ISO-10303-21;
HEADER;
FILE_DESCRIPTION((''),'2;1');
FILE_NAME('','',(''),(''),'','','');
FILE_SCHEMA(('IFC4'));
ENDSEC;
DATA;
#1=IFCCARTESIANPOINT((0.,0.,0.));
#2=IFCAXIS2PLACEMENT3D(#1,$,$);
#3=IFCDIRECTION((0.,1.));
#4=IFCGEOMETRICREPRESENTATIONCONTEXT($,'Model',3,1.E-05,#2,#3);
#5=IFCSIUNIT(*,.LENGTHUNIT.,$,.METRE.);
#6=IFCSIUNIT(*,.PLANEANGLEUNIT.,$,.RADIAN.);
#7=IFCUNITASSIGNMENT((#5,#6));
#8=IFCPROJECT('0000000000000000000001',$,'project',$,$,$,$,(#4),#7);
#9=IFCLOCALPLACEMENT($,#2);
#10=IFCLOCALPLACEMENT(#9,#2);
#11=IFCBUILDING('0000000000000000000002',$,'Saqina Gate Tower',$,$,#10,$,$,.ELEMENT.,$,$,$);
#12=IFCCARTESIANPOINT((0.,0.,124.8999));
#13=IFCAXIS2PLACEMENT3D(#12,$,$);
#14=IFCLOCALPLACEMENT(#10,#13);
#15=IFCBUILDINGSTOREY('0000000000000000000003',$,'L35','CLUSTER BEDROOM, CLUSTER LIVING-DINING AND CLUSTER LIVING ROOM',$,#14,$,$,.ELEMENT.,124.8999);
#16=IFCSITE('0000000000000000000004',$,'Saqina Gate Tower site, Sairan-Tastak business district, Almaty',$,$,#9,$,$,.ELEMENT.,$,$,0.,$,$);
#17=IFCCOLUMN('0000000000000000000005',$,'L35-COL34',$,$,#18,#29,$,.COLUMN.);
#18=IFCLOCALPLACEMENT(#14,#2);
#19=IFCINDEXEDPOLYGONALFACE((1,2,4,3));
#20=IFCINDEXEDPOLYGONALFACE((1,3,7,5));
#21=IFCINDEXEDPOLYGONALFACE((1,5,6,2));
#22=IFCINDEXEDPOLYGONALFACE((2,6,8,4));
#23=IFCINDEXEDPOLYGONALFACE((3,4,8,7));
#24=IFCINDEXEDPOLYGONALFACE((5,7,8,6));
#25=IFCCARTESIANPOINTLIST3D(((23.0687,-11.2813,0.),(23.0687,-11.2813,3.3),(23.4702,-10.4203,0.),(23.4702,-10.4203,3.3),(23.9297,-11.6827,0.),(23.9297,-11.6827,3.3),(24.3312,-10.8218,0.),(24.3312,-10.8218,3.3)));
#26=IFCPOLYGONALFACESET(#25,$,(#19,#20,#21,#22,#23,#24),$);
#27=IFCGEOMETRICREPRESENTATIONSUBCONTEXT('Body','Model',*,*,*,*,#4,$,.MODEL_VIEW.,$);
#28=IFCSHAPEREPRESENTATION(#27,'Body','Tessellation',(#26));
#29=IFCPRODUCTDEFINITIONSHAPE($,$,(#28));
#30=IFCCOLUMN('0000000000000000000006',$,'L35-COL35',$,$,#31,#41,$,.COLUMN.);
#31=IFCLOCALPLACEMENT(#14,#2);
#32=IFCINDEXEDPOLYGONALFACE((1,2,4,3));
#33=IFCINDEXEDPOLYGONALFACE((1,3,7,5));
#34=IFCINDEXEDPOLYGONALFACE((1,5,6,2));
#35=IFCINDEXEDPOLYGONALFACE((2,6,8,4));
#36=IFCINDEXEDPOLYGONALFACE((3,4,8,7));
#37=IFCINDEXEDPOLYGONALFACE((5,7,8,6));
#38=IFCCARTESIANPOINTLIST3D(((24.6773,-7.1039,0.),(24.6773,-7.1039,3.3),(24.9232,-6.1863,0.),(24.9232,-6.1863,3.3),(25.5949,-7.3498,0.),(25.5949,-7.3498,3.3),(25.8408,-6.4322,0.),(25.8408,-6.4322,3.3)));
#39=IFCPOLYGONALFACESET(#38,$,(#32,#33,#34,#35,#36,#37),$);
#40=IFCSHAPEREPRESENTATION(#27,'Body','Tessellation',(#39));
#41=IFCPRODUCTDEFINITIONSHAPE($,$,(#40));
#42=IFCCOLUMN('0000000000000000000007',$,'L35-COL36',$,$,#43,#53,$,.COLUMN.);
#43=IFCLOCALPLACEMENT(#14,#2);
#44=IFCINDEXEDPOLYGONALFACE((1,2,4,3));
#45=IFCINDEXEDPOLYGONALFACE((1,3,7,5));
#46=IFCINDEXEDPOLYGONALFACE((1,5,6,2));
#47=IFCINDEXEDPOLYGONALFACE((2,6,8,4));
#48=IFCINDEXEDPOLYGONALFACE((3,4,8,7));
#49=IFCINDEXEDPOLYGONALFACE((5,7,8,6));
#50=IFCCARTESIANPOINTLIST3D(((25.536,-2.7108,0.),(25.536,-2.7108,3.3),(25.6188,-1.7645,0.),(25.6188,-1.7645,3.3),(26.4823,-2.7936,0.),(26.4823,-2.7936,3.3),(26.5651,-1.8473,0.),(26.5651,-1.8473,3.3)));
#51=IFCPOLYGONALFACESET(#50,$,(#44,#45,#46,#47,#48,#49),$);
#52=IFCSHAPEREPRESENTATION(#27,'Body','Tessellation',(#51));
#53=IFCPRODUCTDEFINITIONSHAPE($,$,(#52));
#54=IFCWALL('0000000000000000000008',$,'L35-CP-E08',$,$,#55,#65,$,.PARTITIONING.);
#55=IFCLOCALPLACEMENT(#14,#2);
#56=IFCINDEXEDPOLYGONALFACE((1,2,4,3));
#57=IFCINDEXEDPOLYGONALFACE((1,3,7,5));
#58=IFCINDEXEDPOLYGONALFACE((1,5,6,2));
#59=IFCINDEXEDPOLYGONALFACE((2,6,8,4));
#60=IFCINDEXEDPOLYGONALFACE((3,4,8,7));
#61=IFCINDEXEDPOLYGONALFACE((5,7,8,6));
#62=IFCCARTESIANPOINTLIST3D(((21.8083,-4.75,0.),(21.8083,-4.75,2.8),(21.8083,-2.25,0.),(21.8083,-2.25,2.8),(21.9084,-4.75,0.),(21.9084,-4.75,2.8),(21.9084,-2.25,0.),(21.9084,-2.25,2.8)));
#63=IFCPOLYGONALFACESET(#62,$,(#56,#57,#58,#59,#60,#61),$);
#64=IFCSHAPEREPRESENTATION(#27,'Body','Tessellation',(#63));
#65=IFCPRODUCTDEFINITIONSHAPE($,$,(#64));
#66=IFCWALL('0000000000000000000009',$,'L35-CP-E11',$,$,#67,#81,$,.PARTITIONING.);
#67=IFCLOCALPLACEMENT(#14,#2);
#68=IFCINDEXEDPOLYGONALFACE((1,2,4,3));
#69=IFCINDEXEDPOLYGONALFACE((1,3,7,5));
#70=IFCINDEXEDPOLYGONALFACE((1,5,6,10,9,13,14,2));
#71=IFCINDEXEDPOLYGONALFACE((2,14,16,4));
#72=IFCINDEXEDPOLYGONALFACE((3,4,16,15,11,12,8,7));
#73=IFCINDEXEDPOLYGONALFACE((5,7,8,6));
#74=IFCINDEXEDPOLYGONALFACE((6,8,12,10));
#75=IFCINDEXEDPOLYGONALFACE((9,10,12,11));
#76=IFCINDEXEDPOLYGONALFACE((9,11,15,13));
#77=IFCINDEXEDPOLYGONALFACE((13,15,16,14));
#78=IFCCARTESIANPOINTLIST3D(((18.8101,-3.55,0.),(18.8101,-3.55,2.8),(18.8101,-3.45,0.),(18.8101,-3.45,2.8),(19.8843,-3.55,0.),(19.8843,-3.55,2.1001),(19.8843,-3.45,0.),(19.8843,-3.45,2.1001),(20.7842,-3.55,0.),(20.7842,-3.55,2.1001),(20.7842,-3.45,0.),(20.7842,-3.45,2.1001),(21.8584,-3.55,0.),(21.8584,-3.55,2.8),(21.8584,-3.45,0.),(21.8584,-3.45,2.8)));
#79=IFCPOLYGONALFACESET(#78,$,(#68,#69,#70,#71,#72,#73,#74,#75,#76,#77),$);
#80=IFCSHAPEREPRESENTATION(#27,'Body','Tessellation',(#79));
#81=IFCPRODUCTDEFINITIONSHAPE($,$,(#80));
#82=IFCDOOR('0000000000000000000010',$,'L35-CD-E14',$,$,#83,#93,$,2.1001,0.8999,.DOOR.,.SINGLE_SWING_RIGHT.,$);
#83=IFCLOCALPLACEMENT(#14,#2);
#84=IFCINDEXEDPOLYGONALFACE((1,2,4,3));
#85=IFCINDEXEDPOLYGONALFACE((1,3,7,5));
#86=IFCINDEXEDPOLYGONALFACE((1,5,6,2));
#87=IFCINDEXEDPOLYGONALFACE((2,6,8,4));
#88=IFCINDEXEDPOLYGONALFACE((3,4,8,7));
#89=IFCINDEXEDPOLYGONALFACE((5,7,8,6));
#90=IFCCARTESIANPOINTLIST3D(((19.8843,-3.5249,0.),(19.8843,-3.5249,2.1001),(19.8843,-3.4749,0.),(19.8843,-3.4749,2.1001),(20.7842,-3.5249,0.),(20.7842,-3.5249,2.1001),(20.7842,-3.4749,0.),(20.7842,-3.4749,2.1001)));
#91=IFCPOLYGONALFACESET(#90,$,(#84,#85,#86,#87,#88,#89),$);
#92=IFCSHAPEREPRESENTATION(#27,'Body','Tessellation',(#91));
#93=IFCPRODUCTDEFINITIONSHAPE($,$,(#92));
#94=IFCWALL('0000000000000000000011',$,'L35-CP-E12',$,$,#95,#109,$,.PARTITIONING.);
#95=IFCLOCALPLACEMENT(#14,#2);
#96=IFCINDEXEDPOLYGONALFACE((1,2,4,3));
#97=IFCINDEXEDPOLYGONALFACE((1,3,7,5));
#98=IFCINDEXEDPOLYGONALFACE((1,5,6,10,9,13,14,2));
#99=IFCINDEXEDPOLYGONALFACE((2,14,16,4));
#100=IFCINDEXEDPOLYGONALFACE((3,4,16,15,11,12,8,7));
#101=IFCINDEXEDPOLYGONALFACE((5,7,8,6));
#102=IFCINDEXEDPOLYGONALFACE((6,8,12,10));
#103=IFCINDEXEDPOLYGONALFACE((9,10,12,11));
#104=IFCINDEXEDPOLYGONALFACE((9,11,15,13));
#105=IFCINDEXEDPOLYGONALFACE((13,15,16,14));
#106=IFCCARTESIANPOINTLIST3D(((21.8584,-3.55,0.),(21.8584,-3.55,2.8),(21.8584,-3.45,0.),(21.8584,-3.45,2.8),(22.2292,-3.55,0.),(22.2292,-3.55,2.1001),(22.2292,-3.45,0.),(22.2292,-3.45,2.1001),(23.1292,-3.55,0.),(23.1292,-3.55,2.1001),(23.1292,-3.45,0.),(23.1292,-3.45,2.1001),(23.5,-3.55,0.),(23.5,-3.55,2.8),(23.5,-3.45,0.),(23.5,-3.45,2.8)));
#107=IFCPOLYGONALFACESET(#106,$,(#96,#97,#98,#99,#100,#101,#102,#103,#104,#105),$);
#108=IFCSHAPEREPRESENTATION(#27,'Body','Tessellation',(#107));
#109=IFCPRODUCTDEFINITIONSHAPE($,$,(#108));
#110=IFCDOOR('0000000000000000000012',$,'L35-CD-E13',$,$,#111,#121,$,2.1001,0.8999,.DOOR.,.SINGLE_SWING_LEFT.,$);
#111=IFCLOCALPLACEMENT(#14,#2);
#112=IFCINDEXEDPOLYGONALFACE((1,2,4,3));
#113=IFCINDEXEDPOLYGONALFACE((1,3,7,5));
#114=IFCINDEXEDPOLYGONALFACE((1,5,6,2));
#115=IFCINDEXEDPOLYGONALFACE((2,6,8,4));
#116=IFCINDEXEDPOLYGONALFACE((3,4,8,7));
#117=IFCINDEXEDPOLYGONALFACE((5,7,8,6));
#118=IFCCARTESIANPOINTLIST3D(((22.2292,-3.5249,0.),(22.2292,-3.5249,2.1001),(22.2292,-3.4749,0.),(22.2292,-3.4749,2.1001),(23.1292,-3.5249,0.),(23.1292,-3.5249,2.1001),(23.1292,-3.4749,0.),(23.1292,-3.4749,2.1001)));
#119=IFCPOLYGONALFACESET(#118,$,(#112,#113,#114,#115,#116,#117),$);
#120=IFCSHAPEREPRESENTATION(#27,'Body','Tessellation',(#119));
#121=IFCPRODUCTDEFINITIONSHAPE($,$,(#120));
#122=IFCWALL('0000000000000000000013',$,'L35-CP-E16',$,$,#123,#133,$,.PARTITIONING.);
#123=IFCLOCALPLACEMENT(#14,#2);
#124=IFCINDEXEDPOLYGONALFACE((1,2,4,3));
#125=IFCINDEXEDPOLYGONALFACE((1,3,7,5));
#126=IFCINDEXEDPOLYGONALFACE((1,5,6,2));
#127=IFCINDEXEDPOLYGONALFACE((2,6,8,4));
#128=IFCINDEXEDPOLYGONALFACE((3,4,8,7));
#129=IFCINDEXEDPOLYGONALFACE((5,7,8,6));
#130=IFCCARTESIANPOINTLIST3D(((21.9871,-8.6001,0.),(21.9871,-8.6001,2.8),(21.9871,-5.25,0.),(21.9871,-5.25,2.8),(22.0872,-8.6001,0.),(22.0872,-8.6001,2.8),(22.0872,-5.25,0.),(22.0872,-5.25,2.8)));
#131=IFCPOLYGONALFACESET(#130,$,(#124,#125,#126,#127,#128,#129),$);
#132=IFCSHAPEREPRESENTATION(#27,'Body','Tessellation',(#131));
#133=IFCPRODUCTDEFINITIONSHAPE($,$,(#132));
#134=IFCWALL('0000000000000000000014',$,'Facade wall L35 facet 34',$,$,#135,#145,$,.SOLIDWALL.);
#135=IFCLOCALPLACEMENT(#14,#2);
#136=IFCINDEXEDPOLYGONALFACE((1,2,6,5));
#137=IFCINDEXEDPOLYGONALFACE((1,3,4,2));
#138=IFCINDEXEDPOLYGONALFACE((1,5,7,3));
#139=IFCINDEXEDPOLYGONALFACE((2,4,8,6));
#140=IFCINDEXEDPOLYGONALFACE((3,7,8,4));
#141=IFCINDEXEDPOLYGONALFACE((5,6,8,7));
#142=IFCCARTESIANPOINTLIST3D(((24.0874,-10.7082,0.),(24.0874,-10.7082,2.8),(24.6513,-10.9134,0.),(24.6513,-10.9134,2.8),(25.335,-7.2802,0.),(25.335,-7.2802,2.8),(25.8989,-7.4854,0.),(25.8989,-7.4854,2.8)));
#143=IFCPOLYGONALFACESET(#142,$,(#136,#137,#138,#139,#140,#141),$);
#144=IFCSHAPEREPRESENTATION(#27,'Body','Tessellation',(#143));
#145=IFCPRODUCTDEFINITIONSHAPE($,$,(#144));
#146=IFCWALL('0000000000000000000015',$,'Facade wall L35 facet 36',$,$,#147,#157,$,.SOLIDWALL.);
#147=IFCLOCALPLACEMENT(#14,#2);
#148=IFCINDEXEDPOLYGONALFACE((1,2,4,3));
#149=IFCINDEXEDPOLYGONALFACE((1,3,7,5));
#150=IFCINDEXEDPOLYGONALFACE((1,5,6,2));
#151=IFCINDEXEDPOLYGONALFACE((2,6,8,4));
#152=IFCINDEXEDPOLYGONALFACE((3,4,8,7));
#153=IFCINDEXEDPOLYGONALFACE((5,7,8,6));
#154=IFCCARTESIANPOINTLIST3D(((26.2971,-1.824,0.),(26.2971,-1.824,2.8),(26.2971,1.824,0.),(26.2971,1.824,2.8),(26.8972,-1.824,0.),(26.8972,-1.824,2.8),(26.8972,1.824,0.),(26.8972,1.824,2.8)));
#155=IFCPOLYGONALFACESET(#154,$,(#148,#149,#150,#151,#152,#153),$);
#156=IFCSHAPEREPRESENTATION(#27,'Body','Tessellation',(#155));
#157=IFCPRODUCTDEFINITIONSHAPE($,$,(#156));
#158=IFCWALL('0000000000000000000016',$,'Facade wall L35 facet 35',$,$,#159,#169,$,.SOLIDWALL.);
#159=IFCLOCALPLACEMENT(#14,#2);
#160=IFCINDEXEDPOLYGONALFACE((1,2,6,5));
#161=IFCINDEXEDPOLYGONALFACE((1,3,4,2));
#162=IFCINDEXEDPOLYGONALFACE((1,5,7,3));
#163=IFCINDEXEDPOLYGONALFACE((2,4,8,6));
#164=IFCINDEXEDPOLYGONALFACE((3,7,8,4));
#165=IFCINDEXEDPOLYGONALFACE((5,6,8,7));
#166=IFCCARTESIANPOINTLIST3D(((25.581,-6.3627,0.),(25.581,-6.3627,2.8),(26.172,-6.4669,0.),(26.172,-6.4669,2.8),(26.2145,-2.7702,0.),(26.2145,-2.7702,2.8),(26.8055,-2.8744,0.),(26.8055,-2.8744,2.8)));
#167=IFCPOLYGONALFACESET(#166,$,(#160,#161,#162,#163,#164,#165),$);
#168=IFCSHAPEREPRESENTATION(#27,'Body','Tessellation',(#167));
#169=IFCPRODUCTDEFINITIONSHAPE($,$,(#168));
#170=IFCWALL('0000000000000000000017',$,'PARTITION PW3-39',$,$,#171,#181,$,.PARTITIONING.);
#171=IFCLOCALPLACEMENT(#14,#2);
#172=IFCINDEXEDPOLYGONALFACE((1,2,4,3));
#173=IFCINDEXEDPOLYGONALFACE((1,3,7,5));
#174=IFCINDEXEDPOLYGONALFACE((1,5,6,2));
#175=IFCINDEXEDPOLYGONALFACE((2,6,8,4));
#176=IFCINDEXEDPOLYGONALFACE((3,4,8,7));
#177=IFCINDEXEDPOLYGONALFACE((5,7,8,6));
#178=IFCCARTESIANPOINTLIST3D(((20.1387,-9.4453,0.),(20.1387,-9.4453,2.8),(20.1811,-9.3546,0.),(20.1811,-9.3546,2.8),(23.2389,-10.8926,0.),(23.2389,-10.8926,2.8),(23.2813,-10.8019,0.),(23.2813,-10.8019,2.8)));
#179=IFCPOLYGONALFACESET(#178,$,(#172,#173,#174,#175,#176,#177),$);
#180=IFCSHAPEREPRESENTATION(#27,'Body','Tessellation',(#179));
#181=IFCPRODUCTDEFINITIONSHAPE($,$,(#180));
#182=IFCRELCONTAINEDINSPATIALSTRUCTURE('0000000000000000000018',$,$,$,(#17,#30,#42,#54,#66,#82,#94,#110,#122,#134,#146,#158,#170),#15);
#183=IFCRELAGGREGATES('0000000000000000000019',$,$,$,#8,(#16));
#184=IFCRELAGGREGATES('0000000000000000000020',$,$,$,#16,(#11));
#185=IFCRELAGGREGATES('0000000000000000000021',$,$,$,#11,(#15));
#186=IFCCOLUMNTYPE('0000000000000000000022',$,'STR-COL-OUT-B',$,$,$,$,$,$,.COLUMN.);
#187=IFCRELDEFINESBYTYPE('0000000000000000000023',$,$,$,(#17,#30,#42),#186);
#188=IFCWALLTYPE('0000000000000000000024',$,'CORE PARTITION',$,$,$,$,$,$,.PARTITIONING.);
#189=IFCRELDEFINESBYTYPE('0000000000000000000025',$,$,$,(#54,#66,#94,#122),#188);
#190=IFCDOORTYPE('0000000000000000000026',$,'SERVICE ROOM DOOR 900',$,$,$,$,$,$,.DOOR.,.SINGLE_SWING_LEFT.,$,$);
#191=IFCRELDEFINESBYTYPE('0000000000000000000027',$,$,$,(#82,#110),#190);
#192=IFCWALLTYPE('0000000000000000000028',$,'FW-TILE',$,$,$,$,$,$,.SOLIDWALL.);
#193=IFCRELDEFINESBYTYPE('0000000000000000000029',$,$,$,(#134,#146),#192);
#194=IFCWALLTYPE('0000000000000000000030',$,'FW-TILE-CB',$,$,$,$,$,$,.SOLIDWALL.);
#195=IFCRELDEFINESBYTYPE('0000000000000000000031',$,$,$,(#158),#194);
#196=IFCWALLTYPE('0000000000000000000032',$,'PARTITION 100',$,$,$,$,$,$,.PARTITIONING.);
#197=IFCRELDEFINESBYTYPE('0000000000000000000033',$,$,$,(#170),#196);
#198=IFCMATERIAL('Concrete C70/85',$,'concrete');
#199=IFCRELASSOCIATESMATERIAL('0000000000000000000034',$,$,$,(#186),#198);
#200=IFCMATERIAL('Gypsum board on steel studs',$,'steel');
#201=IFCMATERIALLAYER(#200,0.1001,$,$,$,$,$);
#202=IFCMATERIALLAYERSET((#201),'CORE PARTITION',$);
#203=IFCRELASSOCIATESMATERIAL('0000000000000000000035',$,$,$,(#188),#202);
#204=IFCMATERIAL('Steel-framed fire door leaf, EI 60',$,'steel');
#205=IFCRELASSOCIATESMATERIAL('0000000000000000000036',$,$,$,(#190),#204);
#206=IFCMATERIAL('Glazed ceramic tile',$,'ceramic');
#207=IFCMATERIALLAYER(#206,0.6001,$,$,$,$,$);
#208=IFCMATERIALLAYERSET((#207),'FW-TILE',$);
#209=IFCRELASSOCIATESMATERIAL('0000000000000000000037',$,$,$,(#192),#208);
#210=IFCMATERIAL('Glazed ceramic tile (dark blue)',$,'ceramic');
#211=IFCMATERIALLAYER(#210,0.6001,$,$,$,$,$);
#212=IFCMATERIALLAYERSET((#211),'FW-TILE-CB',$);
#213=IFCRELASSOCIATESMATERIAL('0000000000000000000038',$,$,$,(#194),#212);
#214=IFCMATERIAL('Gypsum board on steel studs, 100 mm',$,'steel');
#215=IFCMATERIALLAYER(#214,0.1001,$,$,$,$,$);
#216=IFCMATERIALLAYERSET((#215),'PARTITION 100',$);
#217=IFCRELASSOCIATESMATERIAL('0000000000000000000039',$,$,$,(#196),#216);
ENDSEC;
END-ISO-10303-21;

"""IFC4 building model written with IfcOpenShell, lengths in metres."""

from ifc_helpers import new_model, si_unit, direction, frame, frame_2d, origin, origin_2d, place, context, subcontext, project, spatial, rectangle, extrude, material, layer, layer_set, material_profile, profile_set, type_object, element, fill, save


model = new_model("IFC4")

# Units and contexts
model_context = context("Model", 3, precision=1e-05, world=origin(), true_north=direction((0.0, 1.0)))
body_context = subcontext(model_context, "Body", "Model", "MODEL_VIEW")
ifc_project = project(units=[si_unit("LENGTHUNIT", "METRE"), si_unit("PLANEANGLEUNIT", "RADIAN")], contexts=[model_context])

# Site, building, storey
site_placement = place(None, origin())
site = spatial("IfcSite", under=ifc_project, at=site_placement, Name="Saqina Gate Tower site, Sairan-Tastak business district, Almaty", CompositionType="ELEMENT", RefElevation=0.0)
building_placement = place(site_placement, origin())
building = spatial("IfcBuilding", under=site, at=building_placement, Name="Saqina Gate Tower", CompositionType="ELEMENT")
storey_placement = place(building_placement, frame((0.0, 0.0, 124.8999)))
storey = spatial("IfcBuildingStorey", under=building, at=storey_placement, Name="L35", Description="CLUSTER BEDROOM, CLUSTER LIVING-DINING AND CLUSTER LIVING ROOM", CompositionType="ELEMENT", Elevation=124.8999)

# Columns
ifc_material_1 = material(Name="Concrete C70/85", Category="concrete")
ifc_material_profile = material_profile(ifc_material_1, rectangle(XDim=0.95, YDim=0.95, at=origin_2d()), Name="RC 950x950")
ifc_profile_set = profile_set([ifc_material_profile], Name="Concrete C70/85")
column_type = type_object("IfcColumnType", Name="STR-COL-OUT-B", PredefinedType="COLUMN", material=ifc_profile_set)
for number, where, z_axis, x_axis, name in (
    (1, (23.7, -11.0515, 0.0), (0.0, 0.0, 1.0), (0.906308, -0.422618, 0.0), "L35-COL34"),
    (2, (25.259, -6.7681, 0.0), (0.0, 0.0, 1.0), (0.965926, -0.258819, 0.0), "L35-COL35"),
    (3, (26.0505, -2.2791, 0.0), (0.0, 0.0, 1.0), (0.996195, -0.087156, 0.0), "L35-COL36"),
):
    element("IfcColumn", number, at=place(storey_placement, frame(where, z_axis=z_axis, x_axis=x_axis)), inside=storey, type_object=column_type, Name=name, PredefinedType="COLUMN", context=body_context, shape_type="SweptSolid", body=[
        extrude(rectangle(XDim=0.95, YDim=0.95, at=origin_2d()), origin(), (0.0, 0.0, 1.0), 3.3),
    ])

# Wall
ifc_material_2 = material(Name="Gypsum board on steel studs", Category="steel")
ifc_layer_1 = layer(ifc_material_2, 0.1001)
ifc_layer_set_1 = layer_set([ifc_layer_1], Name="CORE PARTITION")
wall_type_1 = type_object("IfcWallType", Name="CORE PARTITION", PredefinedType="PARTITIONING", material=ifc_layer_set_1)
wall_1_placement = place(storey_placement, frame((21.8584, -4.75, 0.0), z_axis=(0.0, 0.0, 1.0), x_axis=(0.0, 1.0, 0.0)))
element("IfcWall", 4, at=wall_1_placement, inside=storey, type_object=wall_type_1, Name="L35-CP-E08", PredefinedType="PARTITIONING", context=body_context, shape_type="SweptSolid", body=[
    extrude(rectangle(XDim=2.5, YDim=0.1001, at=frame_2d((1.25, 0.0))), origin(), (0.0, 0.0, 1.0), 2.8),
])

# Walls, openings, doors
wall_2_placement = place(storey_placement, frame((18.8101, -3.5, 0.0), z_axis=(0.0, 0.0, 1.0), x_axis=(1.0, 0.0, 0.0)))
wall_2 = element("IfcWall", 5, at=wall_2_placement, inside=storey, type_object=wall_type_1, Name="L35-CP-E11", PredefinedType="PARTITIONING", context=body_context, shape_type="SweptSolid", body=[
    extrude(rectangle(XDim=3.0483, YDim=0.1001, at=frame_2d((1.5242, 0.0))), origin(), (0.0, 0.0, 1.0), 2.8),
])
opening_1_placement = place(wall_2_placement, frame((1.0742, 0.0, 0.0)))
opening_1 = element("IfcOpeningElement", 6, at=opening_1_placement, cuts=wall_2, PredefinedType="OPENING", context=body_context, shape_type="SweptSolid", body=[
    extrude(rectangle(XDim=0.8999, YDim=2.1001, at=frame_2d((0.45, 1.05))), frame((0.0, 0.062, 0.0), z_axis=(0.0, -1.0, 0.0), x_axis=(1.0, 0.0, 0.0)), (0.0, 0.0, 1.0), 0.124),
])
ifc_material_3 = material(Name="Steel-framed fire door leaf, EI 60", Category="steel")
door_type = type_object("IfcDoorType", Name="SERVICE ROOM DOOR 900", OperationType="SINGLE_SWING_LEFT", PredefinedType="DOOR", material=ifc_material_3)
door_1_placement = place(opening_1_placement, frame((0.8999, 0.0, 0.0), z_axis=(0.0, 0.0, 1.0), x_axis=(-1.0, 0.0, 0.0)))
door_1 = element("IfcDoor", 7, at=door_1_placement, inside=storey, type_object=door_type, Name="L35-CD-E14", OperationType="SINGLE_SWING_RIGHT", OverallHeight=2.1001, OverallWidth=0.8999, PredefinedType="DOOR", context=body_context, shape_type="SweptSolid", body=[
    extrude(rectangle(XDim=0.8999, YDim=2.1001, at=frame_2d((0.45, 1.05))), frame((0.0, 0.0249, 0.0), z_axis=(0.0, -1.0, 0.0), x_axis=(1.0, 0.0, 0.0)), (0.0, 0.0, 1.0), 0.05),
])
fill(opening_1, door_1)
wall_3_placement = place(storey_placement, frame((21.8584, -3.5, 0.0), z_axis=(0.0, 0.0, 1.0), x_axis=(1.0, 0.0, 0.0)))
wall_3 = element("IfcWall", 8, at=wall_3_placement, inside=storey, type_object=wall_type_1, Name="L35-CP-E12", PredefinedType="PARTITIONING", context=body_context, shape_type="SweptSolid", body=[
    extrude(rectangle(XDim=1.6416, YDim=0.1001, at=frame_2d((0.8208, 0.0))), origin(), (0.0, 0.0, 1.0), 2.8),
])
opening_2_placement = place(wall_3_placement, frame((0.3708, 0.0, 0.0)))
opening_2 = element("IfcOpeningElement", 9, at=opening_2_placement, cuts=wall_3, PredefinedType="OPENING", context=body_context, shape_type="SweptSolid", body=[
    extrude(rectangle(XDim=0.8999, YDim=2.1001, at=frame_2d((0.45, 1.05))), frame((0.0, 0.062, 0.0), z_axis=(0.0, -1.0, 0.0), x_axis=(1.0, 0.0, 0.0)), (0.0, 0.0, 1.0), 0.124),
])
door_2_placement = place(opening_2_placement, frame((0.8999, 0.0, 0.0), z_axis=(0.0, 0.0, 1.0), x_axis=(-1.0, 0.0, 0.0)))
door_2 = element("IfcDoor", 10, at=door_2_placement, inside=storey, type_object=door_type, Name="L35-CD-E13", OperationType="SINGLE_SWING_LEFT", OverallHeight=2.1001, OverallWidth=0.8999, PredefinedType="DOOR", context=body_context, shape_type="SweptSolid", body=[
    extrude(rectangle(XDim=0.8999, YDim=2.1001, at=frame_2d((0.45, 1.05))), frame((0.0, 0.0249, 0.0), z_axis=(0.0, -1.0, 0.0), x_axis=(1.0, 0.0, 0.0)), (0.0, 0.0, 1.0), 0.05),
])
fill(opening_2, door_2)

# Walls
wall_4_placement = place(storey_placement, frame((22.0371, -8.6001, 0.0), z_axis=(0.0, 0.0, 1.0), x_axis=(0.0, 1.0, 0.0)))
element("IfcWall", 11, at=wall_4_placement, inside=storey, type_object=wall_type_1, Name="L35-CP-E16", PredefinedType="PARTITIONING", context=body_context, shape_type="SweptSolid", body=[
    extrude(rectangle(XDim=3.3501, YDim=0.1001, at=frame_2d((1.675, 0.0))), origin(), (0.0, 0.0, 1.0), 2.8),
])
ifc_material_4 = material(Name="Glazed ceramic tile", Category="ceramic")
ifc_layer_2 = layer(ifc_material_4, 0.6001)
ifc_layer_set_2 = layer_set([ifc_layer_2], Name="FW-TILE")
wall_type_2 = type_object("IfcWallType", Name="FW-TILE", PredefinedType="SOLIDWALL", material=ifc_layer_set_2)
for number, where, z_axis, x_axis, name in (
    (12, (24.3694, -10.8108, 0.0), (0.0, 0.0, 1.0), (0.34199, 0.939704, 0.0), "Facade wall L35 facet 34"),
    (13, (26.5972, -1.824, 0.0), (0.0, 0.0, 1.0), (0.0, 1.0, 0.0), "Facade wall L35 facet 36"),
):
    element("IfcWall", number, at=place(storey_placement, frame(where, z_axis=z_axis, x_axis=x_axis)), inside=storey, type_object=wall_type_2, Name=name, PredefinedType="SOLIDWALL", context=body_context, shape_type="SweptSolid", body=[
        extrude(rectangle(XDim=3.6479, YDim=0.6001, at=frame_2d((1.824, 0.0))), origin(), (0.0, 0.0, 1.0), 2.8),
    ])
ifc_material_5 = material(Name="Glazed ceramic tile (dark blue)", Category="ceramic")
ifc_layer_3 = layer(ifc_material_5, 0.6001)
ifc_layer_set_3 = layer_set([ifc_layer_3], Name="FW-TILE-CB")
wall_type_3 = type_object("IfcWallType", Name="FW-TILE-CB", PredefinedType="SOLIDWALL", material=ifc_layer_set_3)
wall_5_placement = place(storey_placement, frame((25.8765, -6.4148, 0.0), z_axis=(0.0, 0.0, 1.0), x_axis=(0.173671, 0.984804, 0.0)))
element("IfcWall", 14, at=wall_5_placement, inside=storey, type_object=wall_type_3, Name="Facade wall L35 facet 35", PredefinedType="SOLIDWALL", context=body_context, shape_type="SweptSolid", body=[
    extrude(rectangle(XDim=3.6479, YDim=0.6001, at=frame_2d((1.824, 0.0))), origin(), (0.0, 0.0, 1.0), 2.8),
])
ifc_material_6 = material(Name="Gypsum board on steel studs, 100 mm", Category="steel")
ifc_layer_4 = layer(ifc_material_6, 0.1001)
ifc_layer_set_4 = layer_set([ifc_layer_4], Name="PARTITION 100")
wall_type_4 = type_object("IfcWallType", Name="PARTITION 100", PredefinedType="PARTITIONING", material=ifc_layer_set_4)
wall_6_placement = place(storey_placement, frame((20.1599, -9.3999, 0.0), z_axis=(0.0, 0.0, 1.0), x_axis=(0.906121, -0.423018, 0.0)))
element("IfcWall", 15, at=wall_6_placement, inside=storey, type_object=wall_type_4, Name="PARTITION PW3-39", PredefinedType="PARTITIONING", context=body_context, shape_type="SweptSolid", body=[
    extrude(rectangle(XDim=3.4214, YDim=0.1001, at=frame_2d((1.7107, 0.0))), origin(), (0.0, 0.0, 1.0), 2.8),
])

save(model, "model.ifc")
